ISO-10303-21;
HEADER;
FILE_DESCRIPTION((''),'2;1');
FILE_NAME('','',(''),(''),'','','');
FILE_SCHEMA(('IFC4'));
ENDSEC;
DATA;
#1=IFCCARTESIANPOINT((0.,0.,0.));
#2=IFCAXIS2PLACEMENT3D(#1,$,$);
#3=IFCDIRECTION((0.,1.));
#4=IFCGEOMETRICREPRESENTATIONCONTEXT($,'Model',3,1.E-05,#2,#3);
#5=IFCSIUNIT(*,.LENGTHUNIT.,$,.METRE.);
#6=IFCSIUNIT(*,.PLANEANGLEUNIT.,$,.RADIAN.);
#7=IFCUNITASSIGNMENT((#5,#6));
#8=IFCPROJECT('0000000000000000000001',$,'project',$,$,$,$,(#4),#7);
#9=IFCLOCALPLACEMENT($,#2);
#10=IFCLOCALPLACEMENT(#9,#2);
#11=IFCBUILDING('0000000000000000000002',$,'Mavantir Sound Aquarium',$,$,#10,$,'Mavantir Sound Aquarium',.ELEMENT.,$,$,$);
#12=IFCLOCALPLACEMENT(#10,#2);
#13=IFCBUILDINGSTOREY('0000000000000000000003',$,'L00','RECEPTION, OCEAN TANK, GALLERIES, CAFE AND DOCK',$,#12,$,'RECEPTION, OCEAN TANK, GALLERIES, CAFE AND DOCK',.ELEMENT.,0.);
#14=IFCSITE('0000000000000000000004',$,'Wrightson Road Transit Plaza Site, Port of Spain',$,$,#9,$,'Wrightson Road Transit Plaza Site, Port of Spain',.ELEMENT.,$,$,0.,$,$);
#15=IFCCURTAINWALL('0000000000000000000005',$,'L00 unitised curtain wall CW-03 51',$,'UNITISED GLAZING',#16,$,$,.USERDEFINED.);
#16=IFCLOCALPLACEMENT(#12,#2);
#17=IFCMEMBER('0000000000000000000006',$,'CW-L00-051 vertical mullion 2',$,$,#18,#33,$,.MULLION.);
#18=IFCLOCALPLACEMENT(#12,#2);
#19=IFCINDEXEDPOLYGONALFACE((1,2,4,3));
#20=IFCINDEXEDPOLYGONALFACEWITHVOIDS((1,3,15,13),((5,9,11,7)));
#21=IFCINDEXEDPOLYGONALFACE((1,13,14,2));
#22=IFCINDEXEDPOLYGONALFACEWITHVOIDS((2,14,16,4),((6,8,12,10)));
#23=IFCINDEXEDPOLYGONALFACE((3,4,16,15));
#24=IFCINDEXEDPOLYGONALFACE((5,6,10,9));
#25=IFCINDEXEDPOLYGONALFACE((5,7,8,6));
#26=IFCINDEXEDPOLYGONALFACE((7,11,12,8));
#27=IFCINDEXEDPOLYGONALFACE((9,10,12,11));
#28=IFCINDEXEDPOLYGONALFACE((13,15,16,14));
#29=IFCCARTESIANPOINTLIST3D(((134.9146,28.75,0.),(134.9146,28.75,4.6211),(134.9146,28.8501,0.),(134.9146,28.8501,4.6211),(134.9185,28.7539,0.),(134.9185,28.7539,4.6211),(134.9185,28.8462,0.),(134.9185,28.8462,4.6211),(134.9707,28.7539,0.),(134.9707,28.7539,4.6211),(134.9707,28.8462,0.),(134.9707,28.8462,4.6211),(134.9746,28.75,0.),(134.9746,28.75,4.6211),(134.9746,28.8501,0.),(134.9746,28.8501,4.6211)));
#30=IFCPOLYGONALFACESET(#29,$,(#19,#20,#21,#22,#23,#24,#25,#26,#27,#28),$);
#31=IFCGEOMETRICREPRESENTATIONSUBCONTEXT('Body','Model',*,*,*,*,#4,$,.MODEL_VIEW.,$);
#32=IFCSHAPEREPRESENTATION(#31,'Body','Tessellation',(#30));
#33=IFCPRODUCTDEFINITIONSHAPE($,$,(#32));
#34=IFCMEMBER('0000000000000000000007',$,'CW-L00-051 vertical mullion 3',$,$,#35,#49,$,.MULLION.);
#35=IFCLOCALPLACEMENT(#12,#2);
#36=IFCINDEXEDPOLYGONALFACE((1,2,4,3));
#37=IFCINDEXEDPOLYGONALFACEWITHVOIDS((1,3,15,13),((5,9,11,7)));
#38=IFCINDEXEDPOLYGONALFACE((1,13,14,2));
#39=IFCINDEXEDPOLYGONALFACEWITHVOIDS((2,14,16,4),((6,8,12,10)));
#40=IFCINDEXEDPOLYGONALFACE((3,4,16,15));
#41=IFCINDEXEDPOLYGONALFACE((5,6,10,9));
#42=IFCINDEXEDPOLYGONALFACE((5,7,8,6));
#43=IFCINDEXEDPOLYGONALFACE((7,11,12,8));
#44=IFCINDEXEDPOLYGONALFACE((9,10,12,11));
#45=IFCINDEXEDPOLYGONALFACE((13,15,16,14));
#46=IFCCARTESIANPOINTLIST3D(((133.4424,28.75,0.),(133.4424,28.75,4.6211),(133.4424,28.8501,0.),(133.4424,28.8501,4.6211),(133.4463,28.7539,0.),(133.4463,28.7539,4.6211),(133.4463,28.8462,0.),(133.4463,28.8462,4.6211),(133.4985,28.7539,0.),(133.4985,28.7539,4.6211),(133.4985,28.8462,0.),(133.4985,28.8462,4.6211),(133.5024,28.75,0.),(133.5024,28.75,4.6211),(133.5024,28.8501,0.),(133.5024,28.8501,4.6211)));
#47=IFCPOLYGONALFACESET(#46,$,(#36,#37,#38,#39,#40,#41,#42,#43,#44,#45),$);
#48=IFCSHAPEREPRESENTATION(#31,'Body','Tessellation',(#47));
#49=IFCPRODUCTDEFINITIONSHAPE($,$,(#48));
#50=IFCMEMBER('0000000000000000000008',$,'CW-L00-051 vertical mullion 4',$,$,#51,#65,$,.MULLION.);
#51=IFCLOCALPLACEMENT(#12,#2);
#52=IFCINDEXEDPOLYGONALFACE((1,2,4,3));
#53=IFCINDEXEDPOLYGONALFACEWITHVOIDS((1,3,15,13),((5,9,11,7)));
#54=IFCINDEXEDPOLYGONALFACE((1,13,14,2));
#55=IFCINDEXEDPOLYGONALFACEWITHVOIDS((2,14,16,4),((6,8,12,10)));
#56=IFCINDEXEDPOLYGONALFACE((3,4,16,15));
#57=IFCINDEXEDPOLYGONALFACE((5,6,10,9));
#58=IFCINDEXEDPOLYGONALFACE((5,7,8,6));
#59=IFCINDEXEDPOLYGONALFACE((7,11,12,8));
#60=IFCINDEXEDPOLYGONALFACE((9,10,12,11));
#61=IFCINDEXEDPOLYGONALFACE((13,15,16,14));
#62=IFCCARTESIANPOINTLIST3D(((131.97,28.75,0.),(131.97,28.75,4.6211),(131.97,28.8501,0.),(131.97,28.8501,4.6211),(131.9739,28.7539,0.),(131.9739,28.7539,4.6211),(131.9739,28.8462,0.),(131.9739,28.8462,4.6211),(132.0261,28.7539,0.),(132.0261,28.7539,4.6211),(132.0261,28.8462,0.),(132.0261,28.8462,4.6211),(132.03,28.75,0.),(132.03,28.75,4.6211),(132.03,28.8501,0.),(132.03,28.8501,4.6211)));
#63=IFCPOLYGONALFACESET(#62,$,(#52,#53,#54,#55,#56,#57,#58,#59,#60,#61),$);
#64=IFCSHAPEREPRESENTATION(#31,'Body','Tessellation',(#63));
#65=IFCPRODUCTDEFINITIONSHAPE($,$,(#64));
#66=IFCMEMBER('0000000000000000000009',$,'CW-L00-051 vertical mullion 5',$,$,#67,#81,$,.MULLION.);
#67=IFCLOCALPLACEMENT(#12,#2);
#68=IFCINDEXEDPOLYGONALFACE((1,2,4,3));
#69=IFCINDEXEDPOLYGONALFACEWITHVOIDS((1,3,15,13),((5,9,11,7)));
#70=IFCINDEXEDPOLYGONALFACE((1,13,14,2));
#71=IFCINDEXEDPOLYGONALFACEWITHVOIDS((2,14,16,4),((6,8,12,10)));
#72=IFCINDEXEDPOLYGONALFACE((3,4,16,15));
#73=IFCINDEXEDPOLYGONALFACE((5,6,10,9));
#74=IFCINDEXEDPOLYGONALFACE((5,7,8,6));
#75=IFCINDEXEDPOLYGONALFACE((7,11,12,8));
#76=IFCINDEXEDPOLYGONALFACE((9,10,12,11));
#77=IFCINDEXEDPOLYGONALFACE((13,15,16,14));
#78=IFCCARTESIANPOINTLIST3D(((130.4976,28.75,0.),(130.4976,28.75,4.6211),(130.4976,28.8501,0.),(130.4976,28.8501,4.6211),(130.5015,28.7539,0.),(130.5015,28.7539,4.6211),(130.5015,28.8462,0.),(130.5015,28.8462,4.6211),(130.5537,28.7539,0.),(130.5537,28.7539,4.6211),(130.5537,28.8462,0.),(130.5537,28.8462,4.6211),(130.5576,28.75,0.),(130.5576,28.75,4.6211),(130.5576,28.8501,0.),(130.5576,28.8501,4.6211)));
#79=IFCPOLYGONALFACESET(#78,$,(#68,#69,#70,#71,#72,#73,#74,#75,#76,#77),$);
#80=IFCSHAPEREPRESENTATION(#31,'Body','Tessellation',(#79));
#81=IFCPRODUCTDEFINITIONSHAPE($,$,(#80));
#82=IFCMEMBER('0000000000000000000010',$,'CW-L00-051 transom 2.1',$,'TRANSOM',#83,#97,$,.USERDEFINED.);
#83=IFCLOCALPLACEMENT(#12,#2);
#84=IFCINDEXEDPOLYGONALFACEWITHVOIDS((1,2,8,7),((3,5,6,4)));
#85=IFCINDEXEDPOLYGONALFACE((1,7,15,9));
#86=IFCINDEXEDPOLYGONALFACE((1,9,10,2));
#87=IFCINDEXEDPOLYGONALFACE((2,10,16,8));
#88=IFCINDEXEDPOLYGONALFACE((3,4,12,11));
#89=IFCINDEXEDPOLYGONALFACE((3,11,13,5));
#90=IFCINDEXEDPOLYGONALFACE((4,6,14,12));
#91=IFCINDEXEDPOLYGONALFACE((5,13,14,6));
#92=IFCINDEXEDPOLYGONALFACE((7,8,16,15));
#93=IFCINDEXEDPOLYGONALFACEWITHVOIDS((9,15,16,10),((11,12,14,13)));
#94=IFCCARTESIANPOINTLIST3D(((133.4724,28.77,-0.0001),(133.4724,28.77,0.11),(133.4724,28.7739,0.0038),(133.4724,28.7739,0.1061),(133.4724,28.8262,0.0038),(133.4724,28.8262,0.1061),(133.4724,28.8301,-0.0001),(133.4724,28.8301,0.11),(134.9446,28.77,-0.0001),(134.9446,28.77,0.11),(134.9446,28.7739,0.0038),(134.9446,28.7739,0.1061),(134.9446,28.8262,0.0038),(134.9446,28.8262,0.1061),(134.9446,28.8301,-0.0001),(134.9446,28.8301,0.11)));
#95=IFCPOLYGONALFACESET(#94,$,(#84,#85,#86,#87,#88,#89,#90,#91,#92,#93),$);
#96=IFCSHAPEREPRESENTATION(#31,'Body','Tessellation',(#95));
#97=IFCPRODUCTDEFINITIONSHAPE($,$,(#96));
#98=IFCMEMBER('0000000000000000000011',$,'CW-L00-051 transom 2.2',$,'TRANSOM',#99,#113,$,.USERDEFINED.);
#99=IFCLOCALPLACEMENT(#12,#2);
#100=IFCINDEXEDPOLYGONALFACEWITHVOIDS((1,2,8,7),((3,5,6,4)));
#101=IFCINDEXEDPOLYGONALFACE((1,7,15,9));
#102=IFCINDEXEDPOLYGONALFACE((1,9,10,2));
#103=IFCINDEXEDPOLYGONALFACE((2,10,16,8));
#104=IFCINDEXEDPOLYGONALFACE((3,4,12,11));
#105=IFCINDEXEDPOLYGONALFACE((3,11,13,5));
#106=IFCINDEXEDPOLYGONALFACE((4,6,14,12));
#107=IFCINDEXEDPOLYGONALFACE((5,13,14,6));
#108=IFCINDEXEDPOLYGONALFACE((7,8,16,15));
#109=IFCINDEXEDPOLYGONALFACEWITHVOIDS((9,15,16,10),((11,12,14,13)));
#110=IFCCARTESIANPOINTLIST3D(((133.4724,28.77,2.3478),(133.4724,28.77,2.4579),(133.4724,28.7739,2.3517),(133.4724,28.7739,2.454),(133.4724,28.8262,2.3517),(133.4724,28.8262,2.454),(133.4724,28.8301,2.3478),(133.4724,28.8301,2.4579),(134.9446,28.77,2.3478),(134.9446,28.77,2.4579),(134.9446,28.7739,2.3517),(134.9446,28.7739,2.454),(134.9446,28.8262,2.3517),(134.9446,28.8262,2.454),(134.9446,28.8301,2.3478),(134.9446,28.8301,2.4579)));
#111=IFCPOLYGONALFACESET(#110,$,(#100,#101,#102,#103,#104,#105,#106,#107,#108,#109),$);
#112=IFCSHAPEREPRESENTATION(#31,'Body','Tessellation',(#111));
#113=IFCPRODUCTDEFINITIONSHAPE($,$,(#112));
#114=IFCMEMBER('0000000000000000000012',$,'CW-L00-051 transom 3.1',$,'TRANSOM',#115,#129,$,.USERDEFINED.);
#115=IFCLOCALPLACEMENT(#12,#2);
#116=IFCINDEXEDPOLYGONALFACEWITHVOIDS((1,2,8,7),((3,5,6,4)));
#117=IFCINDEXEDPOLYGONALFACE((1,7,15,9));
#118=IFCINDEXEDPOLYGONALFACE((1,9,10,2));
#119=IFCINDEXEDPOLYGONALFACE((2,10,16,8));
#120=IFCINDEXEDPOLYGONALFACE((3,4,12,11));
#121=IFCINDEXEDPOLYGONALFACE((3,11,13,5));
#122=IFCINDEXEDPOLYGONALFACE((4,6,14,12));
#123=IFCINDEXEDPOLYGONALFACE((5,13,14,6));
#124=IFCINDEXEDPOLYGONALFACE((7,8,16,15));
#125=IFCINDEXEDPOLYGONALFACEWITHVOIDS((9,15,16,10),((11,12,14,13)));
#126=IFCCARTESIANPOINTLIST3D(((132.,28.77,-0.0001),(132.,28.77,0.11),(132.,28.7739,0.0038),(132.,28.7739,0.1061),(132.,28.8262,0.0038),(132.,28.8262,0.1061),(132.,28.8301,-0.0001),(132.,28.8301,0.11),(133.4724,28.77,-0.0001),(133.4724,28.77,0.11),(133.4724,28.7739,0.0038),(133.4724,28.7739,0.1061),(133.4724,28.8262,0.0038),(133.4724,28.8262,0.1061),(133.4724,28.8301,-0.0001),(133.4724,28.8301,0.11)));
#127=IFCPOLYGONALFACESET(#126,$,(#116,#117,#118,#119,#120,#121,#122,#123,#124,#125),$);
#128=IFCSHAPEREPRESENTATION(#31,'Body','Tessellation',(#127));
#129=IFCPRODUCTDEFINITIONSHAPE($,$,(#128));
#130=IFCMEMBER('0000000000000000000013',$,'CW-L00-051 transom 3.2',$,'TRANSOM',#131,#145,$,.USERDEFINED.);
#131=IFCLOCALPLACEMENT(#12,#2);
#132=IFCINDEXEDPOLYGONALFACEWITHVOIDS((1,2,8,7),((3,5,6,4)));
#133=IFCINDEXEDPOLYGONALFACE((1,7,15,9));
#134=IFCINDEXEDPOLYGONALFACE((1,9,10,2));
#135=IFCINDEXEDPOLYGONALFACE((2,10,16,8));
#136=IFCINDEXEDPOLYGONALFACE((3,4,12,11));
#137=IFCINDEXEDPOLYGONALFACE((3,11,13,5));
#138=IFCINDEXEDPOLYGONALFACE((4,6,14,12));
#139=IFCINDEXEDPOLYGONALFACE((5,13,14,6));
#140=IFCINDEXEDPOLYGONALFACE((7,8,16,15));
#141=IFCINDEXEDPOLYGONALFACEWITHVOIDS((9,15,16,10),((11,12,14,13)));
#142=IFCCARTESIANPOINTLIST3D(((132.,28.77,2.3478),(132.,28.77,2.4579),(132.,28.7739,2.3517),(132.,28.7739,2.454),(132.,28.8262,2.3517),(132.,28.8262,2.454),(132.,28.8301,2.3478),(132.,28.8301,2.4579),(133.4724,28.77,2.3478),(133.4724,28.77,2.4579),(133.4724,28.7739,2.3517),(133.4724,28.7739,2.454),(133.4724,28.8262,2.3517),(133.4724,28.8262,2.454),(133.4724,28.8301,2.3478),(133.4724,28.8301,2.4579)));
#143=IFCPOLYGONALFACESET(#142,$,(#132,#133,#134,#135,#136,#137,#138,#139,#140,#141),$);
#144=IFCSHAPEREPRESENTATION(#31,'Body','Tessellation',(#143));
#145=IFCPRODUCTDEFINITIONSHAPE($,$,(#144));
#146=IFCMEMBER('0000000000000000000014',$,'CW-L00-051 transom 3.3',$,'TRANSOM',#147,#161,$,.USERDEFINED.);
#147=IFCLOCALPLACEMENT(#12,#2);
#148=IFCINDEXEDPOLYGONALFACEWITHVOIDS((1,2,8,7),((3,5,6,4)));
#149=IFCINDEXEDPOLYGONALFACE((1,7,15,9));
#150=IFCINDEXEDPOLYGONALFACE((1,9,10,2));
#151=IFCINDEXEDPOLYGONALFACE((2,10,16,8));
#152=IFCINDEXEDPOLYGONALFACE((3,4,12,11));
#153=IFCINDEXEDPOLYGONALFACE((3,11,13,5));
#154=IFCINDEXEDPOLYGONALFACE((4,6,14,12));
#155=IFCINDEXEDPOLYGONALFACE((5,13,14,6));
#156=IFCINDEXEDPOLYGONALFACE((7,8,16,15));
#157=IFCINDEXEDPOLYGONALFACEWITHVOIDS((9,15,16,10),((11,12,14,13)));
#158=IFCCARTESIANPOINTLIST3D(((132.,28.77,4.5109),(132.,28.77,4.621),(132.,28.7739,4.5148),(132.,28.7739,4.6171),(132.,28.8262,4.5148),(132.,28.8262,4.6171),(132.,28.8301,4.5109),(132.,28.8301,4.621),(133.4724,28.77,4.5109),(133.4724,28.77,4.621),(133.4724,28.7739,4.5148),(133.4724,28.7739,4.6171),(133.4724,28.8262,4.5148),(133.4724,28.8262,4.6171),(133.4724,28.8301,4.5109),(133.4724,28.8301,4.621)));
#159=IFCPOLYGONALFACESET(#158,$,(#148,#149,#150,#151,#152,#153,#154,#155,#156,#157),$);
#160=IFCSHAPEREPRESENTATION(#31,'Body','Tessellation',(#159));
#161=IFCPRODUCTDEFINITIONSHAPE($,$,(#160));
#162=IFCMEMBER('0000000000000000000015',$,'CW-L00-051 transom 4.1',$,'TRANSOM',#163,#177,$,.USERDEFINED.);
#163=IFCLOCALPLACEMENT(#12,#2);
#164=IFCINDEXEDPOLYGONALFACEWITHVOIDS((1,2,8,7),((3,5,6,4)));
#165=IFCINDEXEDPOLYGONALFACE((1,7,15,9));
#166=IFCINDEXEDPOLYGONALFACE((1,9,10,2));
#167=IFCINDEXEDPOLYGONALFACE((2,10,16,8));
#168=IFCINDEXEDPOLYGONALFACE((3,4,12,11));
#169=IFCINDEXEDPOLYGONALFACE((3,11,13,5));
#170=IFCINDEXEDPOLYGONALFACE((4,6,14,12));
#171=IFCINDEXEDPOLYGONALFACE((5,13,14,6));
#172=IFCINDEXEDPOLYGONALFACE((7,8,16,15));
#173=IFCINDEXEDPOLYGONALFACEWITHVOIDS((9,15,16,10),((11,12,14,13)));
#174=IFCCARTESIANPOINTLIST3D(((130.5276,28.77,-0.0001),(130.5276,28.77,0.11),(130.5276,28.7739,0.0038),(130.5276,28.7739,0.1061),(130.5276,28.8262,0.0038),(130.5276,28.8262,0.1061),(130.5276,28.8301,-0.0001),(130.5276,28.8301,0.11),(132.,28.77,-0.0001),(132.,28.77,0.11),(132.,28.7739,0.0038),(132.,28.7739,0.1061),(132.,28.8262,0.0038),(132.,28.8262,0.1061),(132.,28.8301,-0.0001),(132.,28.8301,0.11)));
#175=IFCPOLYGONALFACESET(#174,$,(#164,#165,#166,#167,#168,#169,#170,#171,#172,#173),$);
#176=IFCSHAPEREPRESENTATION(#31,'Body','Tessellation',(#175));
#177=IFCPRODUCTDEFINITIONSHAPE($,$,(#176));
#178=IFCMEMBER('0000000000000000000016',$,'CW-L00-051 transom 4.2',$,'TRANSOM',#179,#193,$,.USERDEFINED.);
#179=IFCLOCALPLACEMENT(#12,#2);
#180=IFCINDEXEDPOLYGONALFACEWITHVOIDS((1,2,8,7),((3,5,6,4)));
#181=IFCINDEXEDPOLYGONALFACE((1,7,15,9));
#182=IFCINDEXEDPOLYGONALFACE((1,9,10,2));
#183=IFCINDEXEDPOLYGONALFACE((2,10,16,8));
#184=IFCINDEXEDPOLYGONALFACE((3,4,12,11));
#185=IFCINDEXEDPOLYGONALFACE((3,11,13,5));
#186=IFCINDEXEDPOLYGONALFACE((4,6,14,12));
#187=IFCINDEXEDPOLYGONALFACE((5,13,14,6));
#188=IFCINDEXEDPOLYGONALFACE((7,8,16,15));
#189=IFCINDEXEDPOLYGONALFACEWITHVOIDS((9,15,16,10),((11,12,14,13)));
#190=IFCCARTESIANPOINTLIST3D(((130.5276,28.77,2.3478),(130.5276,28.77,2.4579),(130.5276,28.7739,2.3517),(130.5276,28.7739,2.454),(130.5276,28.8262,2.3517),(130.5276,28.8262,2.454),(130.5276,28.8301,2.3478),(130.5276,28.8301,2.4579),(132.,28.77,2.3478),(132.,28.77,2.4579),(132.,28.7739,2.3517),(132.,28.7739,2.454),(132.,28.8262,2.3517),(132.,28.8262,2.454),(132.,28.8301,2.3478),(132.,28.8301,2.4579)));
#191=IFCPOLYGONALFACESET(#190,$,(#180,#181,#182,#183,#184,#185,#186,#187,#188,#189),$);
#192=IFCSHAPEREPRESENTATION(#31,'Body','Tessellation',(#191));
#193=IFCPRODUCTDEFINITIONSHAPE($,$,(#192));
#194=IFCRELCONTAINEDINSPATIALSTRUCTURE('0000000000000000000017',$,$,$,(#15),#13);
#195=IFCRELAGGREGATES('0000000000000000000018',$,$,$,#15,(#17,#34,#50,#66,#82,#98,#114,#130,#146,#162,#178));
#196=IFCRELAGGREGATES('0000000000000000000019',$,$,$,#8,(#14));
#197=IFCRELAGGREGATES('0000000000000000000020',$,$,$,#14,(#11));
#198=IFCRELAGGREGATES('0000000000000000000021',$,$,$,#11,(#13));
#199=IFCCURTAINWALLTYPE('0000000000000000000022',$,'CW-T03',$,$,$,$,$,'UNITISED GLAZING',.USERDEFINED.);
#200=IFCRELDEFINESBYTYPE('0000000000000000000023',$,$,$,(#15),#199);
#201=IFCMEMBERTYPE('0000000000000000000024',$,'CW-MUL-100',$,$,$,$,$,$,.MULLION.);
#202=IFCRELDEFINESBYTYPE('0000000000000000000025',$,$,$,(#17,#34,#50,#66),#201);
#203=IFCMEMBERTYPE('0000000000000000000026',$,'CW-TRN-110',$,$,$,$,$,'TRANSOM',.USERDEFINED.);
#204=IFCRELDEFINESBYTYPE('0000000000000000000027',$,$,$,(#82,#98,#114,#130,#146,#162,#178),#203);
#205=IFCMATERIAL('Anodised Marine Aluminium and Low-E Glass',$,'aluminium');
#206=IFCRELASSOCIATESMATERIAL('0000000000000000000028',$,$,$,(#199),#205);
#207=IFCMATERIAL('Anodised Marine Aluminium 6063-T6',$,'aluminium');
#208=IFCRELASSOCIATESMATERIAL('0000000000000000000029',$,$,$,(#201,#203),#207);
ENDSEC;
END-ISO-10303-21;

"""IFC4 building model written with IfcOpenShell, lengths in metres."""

from ifc_helpers import new_model, si_unit, direction, frame, origin, origin_2d, place, context, subcontext, project, spatial, hollow_rectangle, extrude, material, material_profile, profile_set, type_object, element, aggregate, save


model = new_model("IFC4")

# Units and contexts
model_context = context("Model", 3, precision=1e-05, world=origin(), true_north=direction((0.0, 1.0)))
body_context = subcontext(model_context, "Body", "Model", "MODEL_VIEW")
ifc_project = project(units=[si_unit("LENGTHUNIT", "METRE"), si_unit("PLANEANGLEUNIT", "RADIAN")], contexts=[model_context])

# Site, building, storey
site_placement = place(None, origin())
site = spatial("IfcSite", under=ifc_project, at=site_placement, Name="Wrightson Road Transit Plaza Site, Port of Spain", LongName="Wrightson Road Transit Plaza Site, Port of Spain", CompositionType="ELEMENT", RefElevation=0.0)
building_placement = place(site_placement, origin())
building = spatial("IfcBuilding", under=site, at=building_placement, Name="Mavantir Sound Aquarium", LongName="Mavantir Sound Aquarium", CompositionType="ELEMENT")
storey_placement = place(building_placement, origin())
storey = spatial("IfcBuildingStorey", under=building, at=storey_placement, Name="L00", Description="RECEPTION, OCEAN TANK, GALLERIES, CAFE AND DOCK", LongName="RECEPTION, OCEAN TANK, GALLERIES, CAFE AND DOCK", CompositionType="ELEMENT", Elevation=0.0)

# Curtain wall, members
ifc_material_1 = material(Name="Anodised Marine Aluminium and Low-E Glass", Category="aluminium")
curtain_wall_type = type_object("IfcCurtainWallType", Name="CW-T03", ElementType="UNITISED GLAZING", PredefinedType="USERDEFINED", material=ifc_material_1)
curtain_wall_placement = place(storey_placement, origin())
curtain_wall = element("IfcCurtainWall", 1, at=curtain_wall_placement, inside=storey, type_object=curtain_wall_type, Name="L00 unitised curtain wall CW-03 51", ObjectType="UNITISED GLAZING", PredefinedType="USERDEFINED")
ifc_material_2 = material(Name="Anodised Marine Aluminium 6063-T6", Category="aluminium")
ifc_material_profile_1 = material_profile(ifc_material_2, hollow_rectangle(XDim=0.0601, YDim=0.1001, WallThickness=0.0039, at=origin_2d()), Name="ALU-MULLION-100X60")
ifc_profile_set_1 = profile_set([ifc_material_profile_1], Name="Anodised Marine Aluminium 6063-T6")
member_type_1 = type_object("IfcMemberType", Name="CW-MUL-100", PredefinedType="MULLION", material=ifc_profile_set_1)
member_1_placement = place(storey_placement, frame((134.9446, 28.8, 0.0), z_axis=(0.0, 0.0, 1.0), x_axis=(1.0, 0.0, 0.0)))
member_1 = element("IfcMember", 2, at=member_1_placement, type_object=member_type_1, Name="CW-L00-051 vertical mullion 2", PredefinedType="MULLION", context=body_context, shape_type="SweptSolid", body=[
    extrude(hollow_rectangle(XDim=0.0601, YDim=0.1001, WallThickness=0.0039, at=origin_2d()), origin(), (0.0, 0.0, 1.0), 4.6211),
])
member_2_placement = place(storey_placement, frame((133.4724, 28.8, 0.0), z_axis=(0.0, 0.0, 1.0), x_axis=(1.0, 0.0, 0.0)))
member_2 = element("IfcMember", 3, at=member_2_placement, type_object=member_type_1, Name="CW-L00-051 vertical mullion 3", PredefinedType="MULLION", context=body_context, shape_type="SweptSolid", body=[
    extrude(hollow_rectangle(XDim=0.0601, YDim=0.1001, WallThickness=0.0039, at=origin_2d()), origin(), (0.0, 0.0, 1.0), 4.6211),
])
member_3_placement = place(storey_placement, frame((132.0, 28.8, 0.0), z_axis=(0.0, 0.0, 1.0), x_axis=(1.0, 0.0, 0.0)))
member_3 = element("IfcMember", 4, at=member_3_placement, type_object=member_type_1, Name="CW-L00-051 vertical mullion 4", PredefinedType="MULLION", context=body_context, shape_type="SweptSolid", body=[
    extrude(hollow_rectangle(XDim=0.0601, YDim=0.1001, WallThickness=0.0039, at=origin_2d()), origin(), (0.0, 0.0, 1.0), 4.6211),
])
member_4_placement = place(storey_placement, frame((130.5276, 28.8, 0.0), z_axis=(0.0, 0.0, 1.0), x_axis=(1.0, 0.0, 0.0)))
member_4 = element("IfcMember", 5, at=member_4_placement, type_object=member_type_1, Name="CW-L00-051 vertical mullion 5", PredefinedType="MULLION", context=body_context, shape_type="SweptSolid", body=[
    extrude(hollow_rectangle(XDim=0.0601, YDim=0.1001, WallThickness=0.0039, at=origin_2d()), origin(), (0.0, 0.0, 1.0), 4.6211),
])
ifc_material_profile_2 = material_profile(ifc_material_2, hollow_rectangle(XDim=0.0601, YDim=0.1101, WallThickness=0.0039, at=origin_2d()), Name="ALU-TRANSOM-110X60")
ifc_profile_set_2 = profile_set([ifc_material_profile_2], Name="Anodised Marine Aluminium 6063-T6")
member_type_2 = type_object("IfcMemberType", Name="CW-TRN-110", ElementType="TRANSOM", PredefinedType="USERDEFINED", material=ifc_profile_set_2)
member_5_placement = place(storey_placement, frame((134.9446, 28.8, 0.0549), z_axis=(-1.0, 0.0, 0.0), x_axis=(0.0, -1.0, 0.0)))
member_5 = element("IfcMember", 6, at=member_5_placement, type_object=member_type_2, Name="CW-L00-051 transom 2.1", ObjectType="TRANSOM", PredefinedType="USERDEFINED", context=body_context, shape_type="SweptSolid", body=[
    extrude(hollow_rectangle(XDim=0.0601, YDim=0.1101, WallThickness=0.0039, at=origin_2d()), origin(), (0.0, 0.0, 1.0), 1.4722),
])
member_6_placement = place(storey_placement, frame((134.9446, 28.8, 2.4028), z_axis=(-1.0, 0.0, 0.0), x_axis=(0.0, -1.0, 0.0)))
member_6 = element("IfcMember", 7, at=member_6_placement, type_object=member_type_2, Name="CW-L00-051 transom 2.2", ObjectType="TRANSOM", PredefinedType="USERDEFINED", context=body_context, shape_type="SweptSolid", body=[
    extrude(hollow_rectangle(XDim=0.0601, YDim=0.1101, WallThickness=0.0039, at=origin_2d()), origin(), (0.0, 0.0, 1.0), 1.4722),
])
member_7_placement = place(storey_placement, frame((133.4724, 28.8, 0.0549), z_axis=(-1.0, 0.0, 0.0), x_axis=(0.0, -1.0, 0.0)))
member_7 = element("IfcMember", 8, at=member_7_placement, type_object=member_type_2, Name="CW-L00-051 transom 3.1", ObjectType="TRANSOM", PredefinedType="USERDEFINED", context=body_context, shape_type="SweptSolid", body=[
    extrude(hollow_rectangle(XDim=0.0601, YDim=0.1101, WallThickness=0.0039, at=origin_2d()), origin(), (0.0, 0.0, 1.0), 1.4724),
])
member_8_placement = place(storey_placement, frame((133.4724, 28.8, 2.4028), z_axis=(-1.0, 0.0, 0.0), x_axis=(0.0, -1.0, 0.0)))
member_8 = element("IfcMember", 9, at=member_8_placement, type_object=member_type_2, Name="CW-L00-051 transom 3.2", ObjectType="TRANSOM", PredefinedType="USERDEFINED", context=body_context, shape_type="SweptSolid", body=[
    extrude(hollow_rectangle(XDim=0.0601, YDim=0.1101, WallThickness=0.0039, at=origin_2d()), origin(), (0.0, 0.0, 1.0), 1.4724),
])
member_9_placement = place(storey_placement, frame((133.4724, 28.8, 4.5659), z_axis=(-1.0, 0.0, 0.0), x_axis=(0.0, -1.0, 0.0)))
member_9 = element("IfcMember", 10, at=member_9_placement, type_object=member_type_2, Name="CW-L00-051 transom 3.3", ObjectType="TRANSOM", PredefinedType="USERDEFINED", context=body_context, shape_type="SweptSolid", body=[
    extrude(hollow_rectangle(XDim=0.0601, YDim=0.1101, WallThickness=0.0039, at=origin_2d()), origin(), (0.0, 0.0, 1.0), 1.4724),
])
member_10_placement = place(storey_placement, frame((132.0, 28.8, 0.0549), z_axis=(-1.0, 0.0, 0.0), x_axis=(0.0, -1.0, 0.0)))
member_10 = element("IfcMember", 11, at=member_10_placement, type_object=member_type_2, Name="CW-L00-051 transom 4.1", ObjectType="TRANSOM", PredefinedType="USERDEFINED", context=body_context, shape_type="SweptSolid", body=[
    extrude(hollow_rectangle(XDim=0.0601, YDim=0.1101, WallThickness=0.0039, at=origin_2d()), origin(), (0.0, 0.0, 1.0), 1.4724),
])
member_11_placement = place(storey_placement, frame((132.0, 28.8, 2.4028), z_axis=(-1.0, 0.0, 0.0), x_axis=(0.0, -1.0, 0.0)))
member_11 = element("IfcMember", 12, at=member_11_placement, type_object=member_type_2, Name="CW-L00-051 transom 4.2", ObjectType="TRANSOM", PredefinedType="USERDEFINED", context=body_context, shape_type="SweptSolid", body=[
    extrude(hollow_rectangle(XDim=0.0601, YDim=0.1101, WallThickness=0.0039, at=origin_2d()), origin(), (0.0, 0.0, 1.0), 1.4724),
])
aggregate(curtain_wall, [member_1, member_2, member_3, member_4, member_5, member_6, member_7, member_8, member_9, member_10, member_11])

save(model, "model.ifc")
